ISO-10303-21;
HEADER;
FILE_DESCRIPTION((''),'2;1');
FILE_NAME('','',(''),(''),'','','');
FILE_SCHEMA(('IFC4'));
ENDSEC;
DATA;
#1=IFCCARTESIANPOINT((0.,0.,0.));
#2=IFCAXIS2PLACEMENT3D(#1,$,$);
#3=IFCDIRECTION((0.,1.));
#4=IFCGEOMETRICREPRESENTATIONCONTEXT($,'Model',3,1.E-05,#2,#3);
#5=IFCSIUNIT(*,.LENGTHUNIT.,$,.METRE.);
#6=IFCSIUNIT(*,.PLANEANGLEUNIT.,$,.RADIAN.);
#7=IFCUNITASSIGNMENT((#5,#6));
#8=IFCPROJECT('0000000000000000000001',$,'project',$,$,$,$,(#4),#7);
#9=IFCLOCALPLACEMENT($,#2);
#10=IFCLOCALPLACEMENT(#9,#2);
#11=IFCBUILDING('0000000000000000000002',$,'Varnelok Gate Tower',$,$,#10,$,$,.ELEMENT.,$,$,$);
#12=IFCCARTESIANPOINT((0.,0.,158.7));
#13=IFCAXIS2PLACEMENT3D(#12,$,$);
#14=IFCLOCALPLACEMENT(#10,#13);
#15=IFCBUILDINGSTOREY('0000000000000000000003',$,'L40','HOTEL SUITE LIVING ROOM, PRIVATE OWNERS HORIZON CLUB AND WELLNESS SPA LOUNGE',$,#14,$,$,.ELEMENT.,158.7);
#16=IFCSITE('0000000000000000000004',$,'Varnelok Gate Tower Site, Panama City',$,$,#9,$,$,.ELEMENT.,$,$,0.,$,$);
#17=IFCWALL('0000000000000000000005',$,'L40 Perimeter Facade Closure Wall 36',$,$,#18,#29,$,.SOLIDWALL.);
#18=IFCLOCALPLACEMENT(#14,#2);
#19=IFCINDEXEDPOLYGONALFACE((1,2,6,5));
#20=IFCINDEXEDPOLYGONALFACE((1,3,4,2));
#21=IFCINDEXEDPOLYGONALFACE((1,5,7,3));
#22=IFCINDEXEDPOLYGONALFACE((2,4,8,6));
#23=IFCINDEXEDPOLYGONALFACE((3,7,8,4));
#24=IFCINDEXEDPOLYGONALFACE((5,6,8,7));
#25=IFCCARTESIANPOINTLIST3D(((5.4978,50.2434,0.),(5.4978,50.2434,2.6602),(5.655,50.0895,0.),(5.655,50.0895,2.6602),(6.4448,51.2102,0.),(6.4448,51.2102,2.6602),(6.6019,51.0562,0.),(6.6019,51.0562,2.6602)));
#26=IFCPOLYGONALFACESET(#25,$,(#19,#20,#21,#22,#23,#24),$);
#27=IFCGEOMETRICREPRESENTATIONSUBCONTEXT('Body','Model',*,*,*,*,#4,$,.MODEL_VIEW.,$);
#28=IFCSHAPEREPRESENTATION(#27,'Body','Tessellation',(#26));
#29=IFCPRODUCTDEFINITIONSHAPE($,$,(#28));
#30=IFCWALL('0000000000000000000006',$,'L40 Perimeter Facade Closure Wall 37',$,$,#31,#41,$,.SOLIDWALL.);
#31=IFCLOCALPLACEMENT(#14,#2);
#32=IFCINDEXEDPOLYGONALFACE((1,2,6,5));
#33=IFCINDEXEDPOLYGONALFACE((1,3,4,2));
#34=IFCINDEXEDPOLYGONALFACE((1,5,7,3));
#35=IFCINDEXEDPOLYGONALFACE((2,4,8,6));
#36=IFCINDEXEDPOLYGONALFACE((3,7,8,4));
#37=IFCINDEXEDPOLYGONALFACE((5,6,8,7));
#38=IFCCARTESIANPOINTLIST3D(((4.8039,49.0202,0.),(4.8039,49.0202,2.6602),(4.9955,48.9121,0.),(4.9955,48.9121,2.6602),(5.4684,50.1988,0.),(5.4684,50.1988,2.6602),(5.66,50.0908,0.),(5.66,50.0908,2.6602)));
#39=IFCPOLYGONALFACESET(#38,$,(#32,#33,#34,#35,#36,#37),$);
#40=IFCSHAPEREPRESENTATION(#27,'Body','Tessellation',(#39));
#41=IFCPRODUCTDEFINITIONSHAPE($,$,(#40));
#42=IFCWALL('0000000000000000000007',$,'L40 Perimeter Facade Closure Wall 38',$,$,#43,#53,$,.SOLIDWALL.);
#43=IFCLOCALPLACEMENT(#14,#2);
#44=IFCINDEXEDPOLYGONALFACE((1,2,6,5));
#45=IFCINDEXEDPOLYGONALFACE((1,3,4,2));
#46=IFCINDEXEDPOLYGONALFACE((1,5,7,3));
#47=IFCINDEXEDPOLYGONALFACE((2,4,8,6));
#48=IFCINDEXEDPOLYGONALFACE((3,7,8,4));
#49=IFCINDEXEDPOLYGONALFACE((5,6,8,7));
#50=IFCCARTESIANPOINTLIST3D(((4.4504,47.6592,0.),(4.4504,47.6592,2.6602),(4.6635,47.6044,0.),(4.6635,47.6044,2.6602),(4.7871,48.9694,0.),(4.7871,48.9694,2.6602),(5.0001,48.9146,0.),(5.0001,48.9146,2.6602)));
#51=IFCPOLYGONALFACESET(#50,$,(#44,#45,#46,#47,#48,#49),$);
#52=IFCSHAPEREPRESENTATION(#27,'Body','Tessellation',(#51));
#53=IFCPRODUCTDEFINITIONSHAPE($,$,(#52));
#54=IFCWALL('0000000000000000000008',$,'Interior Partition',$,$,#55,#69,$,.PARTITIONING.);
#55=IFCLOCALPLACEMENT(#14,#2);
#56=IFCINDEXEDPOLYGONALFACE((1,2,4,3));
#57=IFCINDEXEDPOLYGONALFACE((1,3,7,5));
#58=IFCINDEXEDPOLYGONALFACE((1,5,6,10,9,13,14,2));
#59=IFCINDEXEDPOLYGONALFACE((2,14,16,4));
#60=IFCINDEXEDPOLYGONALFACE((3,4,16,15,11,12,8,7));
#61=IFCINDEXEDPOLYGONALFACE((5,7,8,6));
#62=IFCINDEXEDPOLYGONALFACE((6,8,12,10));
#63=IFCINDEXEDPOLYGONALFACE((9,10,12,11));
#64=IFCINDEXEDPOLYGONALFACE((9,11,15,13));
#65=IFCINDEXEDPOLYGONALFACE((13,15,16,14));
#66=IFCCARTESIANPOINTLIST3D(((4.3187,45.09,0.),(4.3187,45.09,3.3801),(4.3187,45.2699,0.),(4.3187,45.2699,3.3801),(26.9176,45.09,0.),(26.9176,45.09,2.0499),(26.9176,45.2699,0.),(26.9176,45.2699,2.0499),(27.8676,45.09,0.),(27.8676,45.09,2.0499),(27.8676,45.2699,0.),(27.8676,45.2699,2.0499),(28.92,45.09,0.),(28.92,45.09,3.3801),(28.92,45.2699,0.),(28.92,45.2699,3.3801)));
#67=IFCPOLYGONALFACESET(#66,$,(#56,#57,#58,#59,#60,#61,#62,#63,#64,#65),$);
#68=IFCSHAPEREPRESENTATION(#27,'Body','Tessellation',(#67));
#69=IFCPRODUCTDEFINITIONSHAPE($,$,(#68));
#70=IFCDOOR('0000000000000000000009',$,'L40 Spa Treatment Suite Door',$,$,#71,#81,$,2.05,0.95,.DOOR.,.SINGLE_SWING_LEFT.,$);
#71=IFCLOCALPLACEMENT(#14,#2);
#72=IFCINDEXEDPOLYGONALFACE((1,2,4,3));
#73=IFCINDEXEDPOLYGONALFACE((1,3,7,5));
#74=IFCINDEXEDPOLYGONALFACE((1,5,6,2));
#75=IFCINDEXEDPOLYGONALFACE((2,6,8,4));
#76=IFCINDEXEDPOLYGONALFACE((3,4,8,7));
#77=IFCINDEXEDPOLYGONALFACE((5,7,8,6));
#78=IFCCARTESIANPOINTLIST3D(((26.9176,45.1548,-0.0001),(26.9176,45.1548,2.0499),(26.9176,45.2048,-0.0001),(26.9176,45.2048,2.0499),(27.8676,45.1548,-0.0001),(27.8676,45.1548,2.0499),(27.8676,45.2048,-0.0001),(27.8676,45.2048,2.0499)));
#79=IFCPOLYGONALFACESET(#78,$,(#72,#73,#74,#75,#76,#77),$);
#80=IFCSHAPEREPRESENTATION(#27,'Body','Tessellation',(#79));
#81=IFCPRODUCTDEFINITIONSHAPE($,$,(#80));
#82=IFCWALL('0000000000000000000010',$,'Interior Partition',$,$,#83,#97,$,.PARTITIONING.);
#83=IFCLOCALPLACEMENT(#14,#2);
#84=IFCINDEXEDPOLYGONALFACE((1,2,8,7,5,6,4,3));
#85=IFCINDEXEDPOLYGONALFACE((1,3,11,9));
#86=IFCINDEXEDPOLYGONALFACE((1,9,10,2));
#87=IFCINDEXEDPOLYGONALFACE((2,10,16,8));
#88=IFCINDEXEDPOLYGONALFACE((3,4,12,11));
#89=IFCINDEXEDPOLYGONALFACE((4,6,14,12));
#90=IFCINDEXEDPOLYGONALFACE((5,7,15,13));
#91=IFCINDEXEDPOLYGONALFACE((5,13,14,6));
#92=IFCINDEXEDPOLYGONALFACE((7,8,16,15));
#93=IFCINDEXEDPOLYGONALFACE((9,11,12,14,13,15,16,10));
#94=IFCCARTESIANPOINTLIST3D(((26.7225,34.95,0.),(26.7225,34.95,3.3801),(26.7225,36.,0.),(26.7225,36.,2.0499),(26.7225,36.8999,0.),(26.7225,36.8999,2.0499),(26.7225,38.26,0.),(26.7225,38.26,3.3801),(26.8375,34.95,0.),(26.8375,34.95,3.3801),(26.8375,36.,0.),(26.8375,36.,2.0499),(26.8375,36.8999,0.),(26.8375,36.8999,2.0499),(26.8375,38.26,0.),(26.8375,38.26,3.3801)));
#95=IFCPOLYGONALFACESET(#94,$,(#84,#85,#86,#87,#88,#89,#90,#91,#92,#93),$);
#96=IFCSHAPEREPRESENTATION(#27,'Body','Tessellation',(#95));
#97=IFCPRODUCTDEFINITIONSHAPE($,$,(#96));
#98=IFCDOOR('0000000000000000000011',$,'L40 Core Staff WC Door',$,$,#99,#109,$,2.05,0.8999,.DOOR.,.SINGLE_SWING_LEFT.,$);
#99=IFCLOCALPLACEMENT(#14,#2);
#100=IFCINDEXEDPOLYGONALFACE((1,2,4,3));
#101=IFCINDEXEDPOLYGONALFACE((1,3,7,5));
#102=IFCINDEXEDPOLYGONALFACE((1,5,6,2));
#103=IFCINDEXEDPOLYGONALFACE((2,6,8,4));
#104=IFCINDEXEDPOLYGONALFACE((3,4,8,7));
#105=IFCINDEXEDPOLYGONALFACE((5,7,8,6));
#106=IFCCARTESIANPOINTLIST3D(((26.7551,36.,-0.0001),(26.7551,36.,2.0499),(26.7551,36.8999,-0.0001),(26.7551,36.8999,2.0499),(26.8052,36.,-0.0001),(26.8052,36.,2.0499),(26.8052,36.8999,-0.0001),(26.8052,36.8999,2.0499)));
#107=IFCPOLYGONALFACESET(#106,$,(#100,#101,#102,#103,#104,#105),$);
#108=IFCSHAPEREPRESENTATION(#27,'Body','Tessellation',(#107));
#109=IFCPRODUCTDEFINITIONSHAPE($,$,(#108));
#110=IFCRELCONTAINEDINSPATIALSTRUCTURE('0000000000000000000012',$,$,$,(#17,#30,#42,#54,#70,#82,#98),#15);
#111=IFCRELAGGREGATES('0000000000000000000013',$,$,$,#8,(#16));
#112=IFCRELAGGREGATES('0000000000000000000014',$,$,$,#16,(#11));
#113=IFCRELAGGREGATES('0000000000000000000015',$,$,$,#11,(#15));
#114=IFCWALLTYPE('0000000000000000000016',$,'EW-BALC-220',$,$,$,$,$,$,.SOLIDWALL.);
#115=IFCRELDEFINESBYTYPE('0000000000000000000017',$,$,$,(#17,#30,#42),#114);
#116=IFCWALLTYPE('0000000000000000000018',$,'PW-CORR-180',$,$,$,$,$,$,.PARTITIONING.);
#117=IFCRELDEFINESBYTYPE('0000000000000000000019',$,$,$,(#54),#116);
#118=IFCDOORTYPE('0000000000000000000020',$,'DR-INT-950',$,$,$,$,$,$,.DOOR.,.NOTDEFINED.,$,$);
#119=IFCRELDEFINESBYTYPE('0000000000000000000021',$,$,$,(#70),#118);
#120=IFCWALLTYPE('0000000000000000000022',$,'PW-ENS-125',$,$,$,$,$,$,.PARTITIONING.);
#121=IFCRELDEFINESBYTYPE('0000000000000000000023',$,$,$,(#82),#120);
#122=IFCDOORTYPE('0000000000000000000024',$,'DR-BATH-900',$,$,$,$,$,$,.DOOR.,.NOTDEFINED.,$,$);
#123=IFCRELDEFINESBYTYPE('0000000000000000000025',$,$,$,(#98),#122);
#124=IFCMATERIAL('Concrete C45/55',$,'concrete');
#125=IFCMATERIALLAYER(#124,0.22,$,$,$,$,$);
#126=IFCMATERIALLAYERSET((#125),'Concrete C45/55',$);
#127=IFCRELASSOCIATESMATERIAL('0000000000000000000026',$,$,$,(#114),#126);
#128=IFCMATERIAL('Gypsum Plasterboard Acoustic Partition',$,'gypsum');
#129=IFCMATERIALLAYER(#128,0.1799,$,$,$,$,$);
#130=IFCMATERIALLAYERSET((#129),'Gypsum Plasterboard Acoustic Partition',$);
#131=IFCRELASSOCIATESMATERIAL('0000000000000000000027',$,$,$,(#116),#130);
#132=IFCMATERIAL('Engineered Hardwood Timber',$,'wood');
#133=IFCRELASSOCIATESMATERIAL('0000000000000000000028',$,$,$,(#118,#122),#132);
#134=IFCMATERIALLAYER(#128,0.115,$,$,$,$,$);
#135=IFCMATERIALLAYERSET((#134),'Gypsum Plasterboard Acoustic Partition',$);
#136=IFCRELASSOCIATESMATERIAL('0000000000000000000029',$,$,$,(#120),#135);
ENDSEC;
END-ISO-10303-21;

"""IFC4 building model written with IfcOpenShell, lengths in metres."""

from ifc_helpers import new_model, si_unit, direction, frame, frame_2d, origin, place, context, subcontext, project, spatial, rectangle, extrude, material, layer, layer_set, type_object, element, fill, save


model = new_model("IFC4")

# Units and contexts
model_context = context("Model", 3, precision=1e-05, world=origin(), true_north=direction((0.0, 1.0)))
body_context = subcontext(model_context, "Body", "Model", "MODEL_VIEW")
ifc_project = project(units=[si_unit("LENGTHUNIT", "METRE"), si_unit("PLANEANGLEUNIT", "RADIAN")], contexts=[model_context])

# Site, building, storey
site_placement = place(None, origin())
site = spatial("IfcSite", under=ifc_project, at=site_placement, Name="Varnelok Gate Tower Site, Panama City", CompositionType="ELEMENT", RefElevation=0.0)
building_placement = place(site_placement, origin())
building = spatial("IfcBuilding", under=site, at=building_placement, Name="Varnelok Gate Tower", CompositionType="ELEMENT")
storey_placement = place(building_placement, frame((0.0, 0.0, 158.7)))
storey = spatial("IfcBuildingStorey", under=building, at=storey_placement, Name="L40", Description="HOTEL SUITE LIVING ROOM, PRIVATE OWNERS HORIZON CLUB AND WELLNESS SPA LOUNGE", CompositionType="ELEMENT", Elevation=158.7)

# Walls
ifc_material_1 = material(Name="Concrete C45/55", Category="concrete")
ifc_layer_1 = layer(ifc_material_1, 0.22)
ifc_layer_set_1 = layer_set([ifc_layer_1], Name="Concrete C45/55")
wall_type_1 = type_object("IfcWallType", Name="EW-BALC-220", PredefinedType="SOLIDWALL", material=ifc_layer_set_1)
wall_1_placement = place(storey_placement, frame((6.5234, 51.1333, 0.0), z_axis=(0.0, 0.0, 1.0), x_axis=(-0.699763, -0.714375, 0.0)))
element("IfcWall", 1, at=wall_1_placement, inside=storey, type_object=wall_type_1, Name="L40 Perimeter Facade Closure Wall 36", PredefinedType="SOLIDWALL", context=body_context, shape_type="SweptSolid", body=[
    extrude(rectangle(XDim=1.3533, YDim=0.22, at=frame_2d((0.6768, 0.0))), origin(), (0.0, 0.0, 1.0), 2.6602),
])
wall_2_placement = place(storey_placement, frame((5.5642, 50.1448, 0.0), z_axis=(0.0, 0.0, 1.0), x_axis=(-0.491118, -0.871093, 0.0)))
element("IfcWall", 2, at=wall_2_placement, inside=storey, type_object=wall_type_1, Name="L40 Perimeter Facade Closure Wall 37", PredefinedType="SOLIDWALL", context=body_context, shape_type="SweptSolid", body=[
    extrude(rectangle(XDim=1.353, YDim=0.22, at=frame_2d((0.6765, 0.0))), origin(), (0.0, 0.0, 1.0), 2.6602),
])
wall_3_placement = place(storey_placement, frame((4.8936, 48.9419, 0.0), z_axis=(0.0, 0.0, 1.0), x_axis=(-0.248857, -0.96854, 0.0)))
element("IfcWall", 3, at=wall_3_placement, inside=storey, type_object=wall_type_1, Name="L40 Perimeter Facade Closure Wall 38", PredefinedType="SOLIDWALL", context=body_context, shape_type="SweptSolid", body=[
    extrude(rectangle(XDim=1.3528, YDim=0.22, at=frame_2d((0.6763, 0.0))), origin(), (0.0, 0.0, 1.0), 2.6602),
])

# Walls, openings, doors
ifc_material_2 = material(Name="Gypsum Plasterboard Acoustic Partition", Category="gypsum")
ifc_layer_2 = layer(ifc_material_2, 0.1799)
ifc_layer_set_2 = layer_set([ifc_layer_2], Name="Gypsum Plasterboard Acoustic Partition")
wall_type_2 = type_object("IfcWallType", Name="PW-CORR-180", PredefinedType="PARTITIONING", material=ifc_layer_set_2)
wall_4_placement = place(storey_placement, frame((4.3186, 45.1799, 0.0), z_axis=(0.0, 0.0, 1.0), x_axis=(1.0, 0.0, 0.0)))
wall_4 = element("IfcWall", 4, at=wall_4_placement, inside=storey, type_object=wall_type_2, Name="Interior Partition", PredefinedType="PARTITIONING", context=body_context, shape_type="SweptSolid", body=[
    extrude(rectangle(XDim=24.6013, YDim=0.1799, at=frame_2d((12.3008, 0.0))), origin(), (0.0, 0.0, 1.0), 3.3801),
])
opening_1_placement = place(wall_4_placement, frame((22.5989, 0.0, 0.0)))
opening_1 = element("IfcOpeningElement", 5, at=opening_1_placement, cuts=wall_4, PredefinedType="OPENING", context=body_context, shape_type="SweptSolid", body=[
    extrude(rectangle(XDim=0.95, YDim=2.05, at=frame_2d((0.4751, 1.0249))), frame((0.0, 0.0999, 0.0), z_axis=(0.0, -1.0, 0.0), x_axis=(1.0, 0.0, 0.0)), (0.0, 0.0, 1.0), 0.2),
])
ifc_material_3 = material(Name="Engineered Hardwood Timber", Category="wood")
door_type_1 = type_object("IfcDoorType", Name="DR-INT-950", OperationType="NOTDEFINED", PredefinedType="DOOR", material=ifc_material_3)
door_1_placement = place(opening_1_placement, origin())
door_1 = element("IfcDoor", 6, at=door_1_placement, inside=storey, type_object=door_type_1, Name="L40 Spa Treatment Suite Door", OperationType="SINGLE_SWING_LEFT", OverallHeight=2.05, OverallWidth=0.95, PredefinedType="DOOR", context=body_context, shape_type="SweptSolid", body=[
    extrude(rectangle(XDim=0.95, YDim=2.05, at=frame_2d((0.4751, 1.0249))), frame((0.0, 0.0249, 0.0), z_axis=(0.0, -1.0, 0.0), x_axis=(1.0, 0.0, 0.0)), (0.0, 0.0, 1.0), 0.05),
])
fill(opening_1, door_1)
ifc_layer_3 = layer(ifc_material_2, 0.115)
ifc_layer_set_3 = layer_set([ifc_layer_3], Name="Gypsum Plasterboard Acoustic Partition")
wall_type_3 = type_object("IfcWallType", Name="PW-ENS-125", PredefinedType="PARTITIONING", material=ifc_layer_set_3)
wall_5_placement = place(storey_placement, frame((26.78, 34.95, 0.0), z_axis=(0.0, 0.0, 1.0), x_axis=(0.0, 1.0, 0.0)))
wall_5 = element("IfcWall", 7, at=wall_5_placement, inside=storey, type_object=wall_type_3, Name="Interior Partition", PredefinedType="PARTITIONING", context=body_context, shape_type="SweptSolid", body=[
    extrude(rectangle(XDim=3.3101, YDim=0.115, at=frame_2d((1.655, 0.0))), origin(), (0.0, 0.0, 1.0), 3.3801),
])
opening_2_placement = place(wall_5_placement, frame((1.05, 0.0, 0.0)))
opening_2 = element("IfcOpeningElement", 8, at=opening_2_placement, cuts=wall_5, PredefinedType="OPENING", context=body_context, shape_type="SweptSolid", body=[
    extrude(rectangle(XDim=0.8999, YDim=2.05, at=frame_2d((0.45, 1.0249))), frame((0.0, 0.0674, 0.0), z_axis=(0.0, -1.0, 0.0), x_axis=(1.0, 0.0, 0.0)), (0.0, 0.0, 1.0), 0.135),
])
door_type_2 = type_object("IfcDoorType", Name="DR-BATH-900", OperationType="NOTDEFINED", PredefinedType="DOOR", material=ifc_material_3)
door_2_placement = place(opening_2_placement, origin())
door_2 = element("IfcDoor", 9, at=door_2_placement, inside=storey, type_object=door_type_2, Name="L40 Core Staff WC Door", OperationType="SINGLE_SWING_LEFT", OverallHeight=2.05, OverallWidth=0.8999, PredefinedType="DOOR", context=body_context, shape_type="SweptSolid", body=[
    extrude(rectangle(XDim=0.8999, YDim=2.05, at=frame_2d((0.45, 1.0249))), frame((0.0, 0.0249, 0.0), z_axis=(0.0, -1.0, 0.0), x_axis=(1.0, 0.0, 0.0)), (0.0, 0.0, 1.0), 0.05),
])
fill(opening_2, door_2)

save(model, "model.ifc")
